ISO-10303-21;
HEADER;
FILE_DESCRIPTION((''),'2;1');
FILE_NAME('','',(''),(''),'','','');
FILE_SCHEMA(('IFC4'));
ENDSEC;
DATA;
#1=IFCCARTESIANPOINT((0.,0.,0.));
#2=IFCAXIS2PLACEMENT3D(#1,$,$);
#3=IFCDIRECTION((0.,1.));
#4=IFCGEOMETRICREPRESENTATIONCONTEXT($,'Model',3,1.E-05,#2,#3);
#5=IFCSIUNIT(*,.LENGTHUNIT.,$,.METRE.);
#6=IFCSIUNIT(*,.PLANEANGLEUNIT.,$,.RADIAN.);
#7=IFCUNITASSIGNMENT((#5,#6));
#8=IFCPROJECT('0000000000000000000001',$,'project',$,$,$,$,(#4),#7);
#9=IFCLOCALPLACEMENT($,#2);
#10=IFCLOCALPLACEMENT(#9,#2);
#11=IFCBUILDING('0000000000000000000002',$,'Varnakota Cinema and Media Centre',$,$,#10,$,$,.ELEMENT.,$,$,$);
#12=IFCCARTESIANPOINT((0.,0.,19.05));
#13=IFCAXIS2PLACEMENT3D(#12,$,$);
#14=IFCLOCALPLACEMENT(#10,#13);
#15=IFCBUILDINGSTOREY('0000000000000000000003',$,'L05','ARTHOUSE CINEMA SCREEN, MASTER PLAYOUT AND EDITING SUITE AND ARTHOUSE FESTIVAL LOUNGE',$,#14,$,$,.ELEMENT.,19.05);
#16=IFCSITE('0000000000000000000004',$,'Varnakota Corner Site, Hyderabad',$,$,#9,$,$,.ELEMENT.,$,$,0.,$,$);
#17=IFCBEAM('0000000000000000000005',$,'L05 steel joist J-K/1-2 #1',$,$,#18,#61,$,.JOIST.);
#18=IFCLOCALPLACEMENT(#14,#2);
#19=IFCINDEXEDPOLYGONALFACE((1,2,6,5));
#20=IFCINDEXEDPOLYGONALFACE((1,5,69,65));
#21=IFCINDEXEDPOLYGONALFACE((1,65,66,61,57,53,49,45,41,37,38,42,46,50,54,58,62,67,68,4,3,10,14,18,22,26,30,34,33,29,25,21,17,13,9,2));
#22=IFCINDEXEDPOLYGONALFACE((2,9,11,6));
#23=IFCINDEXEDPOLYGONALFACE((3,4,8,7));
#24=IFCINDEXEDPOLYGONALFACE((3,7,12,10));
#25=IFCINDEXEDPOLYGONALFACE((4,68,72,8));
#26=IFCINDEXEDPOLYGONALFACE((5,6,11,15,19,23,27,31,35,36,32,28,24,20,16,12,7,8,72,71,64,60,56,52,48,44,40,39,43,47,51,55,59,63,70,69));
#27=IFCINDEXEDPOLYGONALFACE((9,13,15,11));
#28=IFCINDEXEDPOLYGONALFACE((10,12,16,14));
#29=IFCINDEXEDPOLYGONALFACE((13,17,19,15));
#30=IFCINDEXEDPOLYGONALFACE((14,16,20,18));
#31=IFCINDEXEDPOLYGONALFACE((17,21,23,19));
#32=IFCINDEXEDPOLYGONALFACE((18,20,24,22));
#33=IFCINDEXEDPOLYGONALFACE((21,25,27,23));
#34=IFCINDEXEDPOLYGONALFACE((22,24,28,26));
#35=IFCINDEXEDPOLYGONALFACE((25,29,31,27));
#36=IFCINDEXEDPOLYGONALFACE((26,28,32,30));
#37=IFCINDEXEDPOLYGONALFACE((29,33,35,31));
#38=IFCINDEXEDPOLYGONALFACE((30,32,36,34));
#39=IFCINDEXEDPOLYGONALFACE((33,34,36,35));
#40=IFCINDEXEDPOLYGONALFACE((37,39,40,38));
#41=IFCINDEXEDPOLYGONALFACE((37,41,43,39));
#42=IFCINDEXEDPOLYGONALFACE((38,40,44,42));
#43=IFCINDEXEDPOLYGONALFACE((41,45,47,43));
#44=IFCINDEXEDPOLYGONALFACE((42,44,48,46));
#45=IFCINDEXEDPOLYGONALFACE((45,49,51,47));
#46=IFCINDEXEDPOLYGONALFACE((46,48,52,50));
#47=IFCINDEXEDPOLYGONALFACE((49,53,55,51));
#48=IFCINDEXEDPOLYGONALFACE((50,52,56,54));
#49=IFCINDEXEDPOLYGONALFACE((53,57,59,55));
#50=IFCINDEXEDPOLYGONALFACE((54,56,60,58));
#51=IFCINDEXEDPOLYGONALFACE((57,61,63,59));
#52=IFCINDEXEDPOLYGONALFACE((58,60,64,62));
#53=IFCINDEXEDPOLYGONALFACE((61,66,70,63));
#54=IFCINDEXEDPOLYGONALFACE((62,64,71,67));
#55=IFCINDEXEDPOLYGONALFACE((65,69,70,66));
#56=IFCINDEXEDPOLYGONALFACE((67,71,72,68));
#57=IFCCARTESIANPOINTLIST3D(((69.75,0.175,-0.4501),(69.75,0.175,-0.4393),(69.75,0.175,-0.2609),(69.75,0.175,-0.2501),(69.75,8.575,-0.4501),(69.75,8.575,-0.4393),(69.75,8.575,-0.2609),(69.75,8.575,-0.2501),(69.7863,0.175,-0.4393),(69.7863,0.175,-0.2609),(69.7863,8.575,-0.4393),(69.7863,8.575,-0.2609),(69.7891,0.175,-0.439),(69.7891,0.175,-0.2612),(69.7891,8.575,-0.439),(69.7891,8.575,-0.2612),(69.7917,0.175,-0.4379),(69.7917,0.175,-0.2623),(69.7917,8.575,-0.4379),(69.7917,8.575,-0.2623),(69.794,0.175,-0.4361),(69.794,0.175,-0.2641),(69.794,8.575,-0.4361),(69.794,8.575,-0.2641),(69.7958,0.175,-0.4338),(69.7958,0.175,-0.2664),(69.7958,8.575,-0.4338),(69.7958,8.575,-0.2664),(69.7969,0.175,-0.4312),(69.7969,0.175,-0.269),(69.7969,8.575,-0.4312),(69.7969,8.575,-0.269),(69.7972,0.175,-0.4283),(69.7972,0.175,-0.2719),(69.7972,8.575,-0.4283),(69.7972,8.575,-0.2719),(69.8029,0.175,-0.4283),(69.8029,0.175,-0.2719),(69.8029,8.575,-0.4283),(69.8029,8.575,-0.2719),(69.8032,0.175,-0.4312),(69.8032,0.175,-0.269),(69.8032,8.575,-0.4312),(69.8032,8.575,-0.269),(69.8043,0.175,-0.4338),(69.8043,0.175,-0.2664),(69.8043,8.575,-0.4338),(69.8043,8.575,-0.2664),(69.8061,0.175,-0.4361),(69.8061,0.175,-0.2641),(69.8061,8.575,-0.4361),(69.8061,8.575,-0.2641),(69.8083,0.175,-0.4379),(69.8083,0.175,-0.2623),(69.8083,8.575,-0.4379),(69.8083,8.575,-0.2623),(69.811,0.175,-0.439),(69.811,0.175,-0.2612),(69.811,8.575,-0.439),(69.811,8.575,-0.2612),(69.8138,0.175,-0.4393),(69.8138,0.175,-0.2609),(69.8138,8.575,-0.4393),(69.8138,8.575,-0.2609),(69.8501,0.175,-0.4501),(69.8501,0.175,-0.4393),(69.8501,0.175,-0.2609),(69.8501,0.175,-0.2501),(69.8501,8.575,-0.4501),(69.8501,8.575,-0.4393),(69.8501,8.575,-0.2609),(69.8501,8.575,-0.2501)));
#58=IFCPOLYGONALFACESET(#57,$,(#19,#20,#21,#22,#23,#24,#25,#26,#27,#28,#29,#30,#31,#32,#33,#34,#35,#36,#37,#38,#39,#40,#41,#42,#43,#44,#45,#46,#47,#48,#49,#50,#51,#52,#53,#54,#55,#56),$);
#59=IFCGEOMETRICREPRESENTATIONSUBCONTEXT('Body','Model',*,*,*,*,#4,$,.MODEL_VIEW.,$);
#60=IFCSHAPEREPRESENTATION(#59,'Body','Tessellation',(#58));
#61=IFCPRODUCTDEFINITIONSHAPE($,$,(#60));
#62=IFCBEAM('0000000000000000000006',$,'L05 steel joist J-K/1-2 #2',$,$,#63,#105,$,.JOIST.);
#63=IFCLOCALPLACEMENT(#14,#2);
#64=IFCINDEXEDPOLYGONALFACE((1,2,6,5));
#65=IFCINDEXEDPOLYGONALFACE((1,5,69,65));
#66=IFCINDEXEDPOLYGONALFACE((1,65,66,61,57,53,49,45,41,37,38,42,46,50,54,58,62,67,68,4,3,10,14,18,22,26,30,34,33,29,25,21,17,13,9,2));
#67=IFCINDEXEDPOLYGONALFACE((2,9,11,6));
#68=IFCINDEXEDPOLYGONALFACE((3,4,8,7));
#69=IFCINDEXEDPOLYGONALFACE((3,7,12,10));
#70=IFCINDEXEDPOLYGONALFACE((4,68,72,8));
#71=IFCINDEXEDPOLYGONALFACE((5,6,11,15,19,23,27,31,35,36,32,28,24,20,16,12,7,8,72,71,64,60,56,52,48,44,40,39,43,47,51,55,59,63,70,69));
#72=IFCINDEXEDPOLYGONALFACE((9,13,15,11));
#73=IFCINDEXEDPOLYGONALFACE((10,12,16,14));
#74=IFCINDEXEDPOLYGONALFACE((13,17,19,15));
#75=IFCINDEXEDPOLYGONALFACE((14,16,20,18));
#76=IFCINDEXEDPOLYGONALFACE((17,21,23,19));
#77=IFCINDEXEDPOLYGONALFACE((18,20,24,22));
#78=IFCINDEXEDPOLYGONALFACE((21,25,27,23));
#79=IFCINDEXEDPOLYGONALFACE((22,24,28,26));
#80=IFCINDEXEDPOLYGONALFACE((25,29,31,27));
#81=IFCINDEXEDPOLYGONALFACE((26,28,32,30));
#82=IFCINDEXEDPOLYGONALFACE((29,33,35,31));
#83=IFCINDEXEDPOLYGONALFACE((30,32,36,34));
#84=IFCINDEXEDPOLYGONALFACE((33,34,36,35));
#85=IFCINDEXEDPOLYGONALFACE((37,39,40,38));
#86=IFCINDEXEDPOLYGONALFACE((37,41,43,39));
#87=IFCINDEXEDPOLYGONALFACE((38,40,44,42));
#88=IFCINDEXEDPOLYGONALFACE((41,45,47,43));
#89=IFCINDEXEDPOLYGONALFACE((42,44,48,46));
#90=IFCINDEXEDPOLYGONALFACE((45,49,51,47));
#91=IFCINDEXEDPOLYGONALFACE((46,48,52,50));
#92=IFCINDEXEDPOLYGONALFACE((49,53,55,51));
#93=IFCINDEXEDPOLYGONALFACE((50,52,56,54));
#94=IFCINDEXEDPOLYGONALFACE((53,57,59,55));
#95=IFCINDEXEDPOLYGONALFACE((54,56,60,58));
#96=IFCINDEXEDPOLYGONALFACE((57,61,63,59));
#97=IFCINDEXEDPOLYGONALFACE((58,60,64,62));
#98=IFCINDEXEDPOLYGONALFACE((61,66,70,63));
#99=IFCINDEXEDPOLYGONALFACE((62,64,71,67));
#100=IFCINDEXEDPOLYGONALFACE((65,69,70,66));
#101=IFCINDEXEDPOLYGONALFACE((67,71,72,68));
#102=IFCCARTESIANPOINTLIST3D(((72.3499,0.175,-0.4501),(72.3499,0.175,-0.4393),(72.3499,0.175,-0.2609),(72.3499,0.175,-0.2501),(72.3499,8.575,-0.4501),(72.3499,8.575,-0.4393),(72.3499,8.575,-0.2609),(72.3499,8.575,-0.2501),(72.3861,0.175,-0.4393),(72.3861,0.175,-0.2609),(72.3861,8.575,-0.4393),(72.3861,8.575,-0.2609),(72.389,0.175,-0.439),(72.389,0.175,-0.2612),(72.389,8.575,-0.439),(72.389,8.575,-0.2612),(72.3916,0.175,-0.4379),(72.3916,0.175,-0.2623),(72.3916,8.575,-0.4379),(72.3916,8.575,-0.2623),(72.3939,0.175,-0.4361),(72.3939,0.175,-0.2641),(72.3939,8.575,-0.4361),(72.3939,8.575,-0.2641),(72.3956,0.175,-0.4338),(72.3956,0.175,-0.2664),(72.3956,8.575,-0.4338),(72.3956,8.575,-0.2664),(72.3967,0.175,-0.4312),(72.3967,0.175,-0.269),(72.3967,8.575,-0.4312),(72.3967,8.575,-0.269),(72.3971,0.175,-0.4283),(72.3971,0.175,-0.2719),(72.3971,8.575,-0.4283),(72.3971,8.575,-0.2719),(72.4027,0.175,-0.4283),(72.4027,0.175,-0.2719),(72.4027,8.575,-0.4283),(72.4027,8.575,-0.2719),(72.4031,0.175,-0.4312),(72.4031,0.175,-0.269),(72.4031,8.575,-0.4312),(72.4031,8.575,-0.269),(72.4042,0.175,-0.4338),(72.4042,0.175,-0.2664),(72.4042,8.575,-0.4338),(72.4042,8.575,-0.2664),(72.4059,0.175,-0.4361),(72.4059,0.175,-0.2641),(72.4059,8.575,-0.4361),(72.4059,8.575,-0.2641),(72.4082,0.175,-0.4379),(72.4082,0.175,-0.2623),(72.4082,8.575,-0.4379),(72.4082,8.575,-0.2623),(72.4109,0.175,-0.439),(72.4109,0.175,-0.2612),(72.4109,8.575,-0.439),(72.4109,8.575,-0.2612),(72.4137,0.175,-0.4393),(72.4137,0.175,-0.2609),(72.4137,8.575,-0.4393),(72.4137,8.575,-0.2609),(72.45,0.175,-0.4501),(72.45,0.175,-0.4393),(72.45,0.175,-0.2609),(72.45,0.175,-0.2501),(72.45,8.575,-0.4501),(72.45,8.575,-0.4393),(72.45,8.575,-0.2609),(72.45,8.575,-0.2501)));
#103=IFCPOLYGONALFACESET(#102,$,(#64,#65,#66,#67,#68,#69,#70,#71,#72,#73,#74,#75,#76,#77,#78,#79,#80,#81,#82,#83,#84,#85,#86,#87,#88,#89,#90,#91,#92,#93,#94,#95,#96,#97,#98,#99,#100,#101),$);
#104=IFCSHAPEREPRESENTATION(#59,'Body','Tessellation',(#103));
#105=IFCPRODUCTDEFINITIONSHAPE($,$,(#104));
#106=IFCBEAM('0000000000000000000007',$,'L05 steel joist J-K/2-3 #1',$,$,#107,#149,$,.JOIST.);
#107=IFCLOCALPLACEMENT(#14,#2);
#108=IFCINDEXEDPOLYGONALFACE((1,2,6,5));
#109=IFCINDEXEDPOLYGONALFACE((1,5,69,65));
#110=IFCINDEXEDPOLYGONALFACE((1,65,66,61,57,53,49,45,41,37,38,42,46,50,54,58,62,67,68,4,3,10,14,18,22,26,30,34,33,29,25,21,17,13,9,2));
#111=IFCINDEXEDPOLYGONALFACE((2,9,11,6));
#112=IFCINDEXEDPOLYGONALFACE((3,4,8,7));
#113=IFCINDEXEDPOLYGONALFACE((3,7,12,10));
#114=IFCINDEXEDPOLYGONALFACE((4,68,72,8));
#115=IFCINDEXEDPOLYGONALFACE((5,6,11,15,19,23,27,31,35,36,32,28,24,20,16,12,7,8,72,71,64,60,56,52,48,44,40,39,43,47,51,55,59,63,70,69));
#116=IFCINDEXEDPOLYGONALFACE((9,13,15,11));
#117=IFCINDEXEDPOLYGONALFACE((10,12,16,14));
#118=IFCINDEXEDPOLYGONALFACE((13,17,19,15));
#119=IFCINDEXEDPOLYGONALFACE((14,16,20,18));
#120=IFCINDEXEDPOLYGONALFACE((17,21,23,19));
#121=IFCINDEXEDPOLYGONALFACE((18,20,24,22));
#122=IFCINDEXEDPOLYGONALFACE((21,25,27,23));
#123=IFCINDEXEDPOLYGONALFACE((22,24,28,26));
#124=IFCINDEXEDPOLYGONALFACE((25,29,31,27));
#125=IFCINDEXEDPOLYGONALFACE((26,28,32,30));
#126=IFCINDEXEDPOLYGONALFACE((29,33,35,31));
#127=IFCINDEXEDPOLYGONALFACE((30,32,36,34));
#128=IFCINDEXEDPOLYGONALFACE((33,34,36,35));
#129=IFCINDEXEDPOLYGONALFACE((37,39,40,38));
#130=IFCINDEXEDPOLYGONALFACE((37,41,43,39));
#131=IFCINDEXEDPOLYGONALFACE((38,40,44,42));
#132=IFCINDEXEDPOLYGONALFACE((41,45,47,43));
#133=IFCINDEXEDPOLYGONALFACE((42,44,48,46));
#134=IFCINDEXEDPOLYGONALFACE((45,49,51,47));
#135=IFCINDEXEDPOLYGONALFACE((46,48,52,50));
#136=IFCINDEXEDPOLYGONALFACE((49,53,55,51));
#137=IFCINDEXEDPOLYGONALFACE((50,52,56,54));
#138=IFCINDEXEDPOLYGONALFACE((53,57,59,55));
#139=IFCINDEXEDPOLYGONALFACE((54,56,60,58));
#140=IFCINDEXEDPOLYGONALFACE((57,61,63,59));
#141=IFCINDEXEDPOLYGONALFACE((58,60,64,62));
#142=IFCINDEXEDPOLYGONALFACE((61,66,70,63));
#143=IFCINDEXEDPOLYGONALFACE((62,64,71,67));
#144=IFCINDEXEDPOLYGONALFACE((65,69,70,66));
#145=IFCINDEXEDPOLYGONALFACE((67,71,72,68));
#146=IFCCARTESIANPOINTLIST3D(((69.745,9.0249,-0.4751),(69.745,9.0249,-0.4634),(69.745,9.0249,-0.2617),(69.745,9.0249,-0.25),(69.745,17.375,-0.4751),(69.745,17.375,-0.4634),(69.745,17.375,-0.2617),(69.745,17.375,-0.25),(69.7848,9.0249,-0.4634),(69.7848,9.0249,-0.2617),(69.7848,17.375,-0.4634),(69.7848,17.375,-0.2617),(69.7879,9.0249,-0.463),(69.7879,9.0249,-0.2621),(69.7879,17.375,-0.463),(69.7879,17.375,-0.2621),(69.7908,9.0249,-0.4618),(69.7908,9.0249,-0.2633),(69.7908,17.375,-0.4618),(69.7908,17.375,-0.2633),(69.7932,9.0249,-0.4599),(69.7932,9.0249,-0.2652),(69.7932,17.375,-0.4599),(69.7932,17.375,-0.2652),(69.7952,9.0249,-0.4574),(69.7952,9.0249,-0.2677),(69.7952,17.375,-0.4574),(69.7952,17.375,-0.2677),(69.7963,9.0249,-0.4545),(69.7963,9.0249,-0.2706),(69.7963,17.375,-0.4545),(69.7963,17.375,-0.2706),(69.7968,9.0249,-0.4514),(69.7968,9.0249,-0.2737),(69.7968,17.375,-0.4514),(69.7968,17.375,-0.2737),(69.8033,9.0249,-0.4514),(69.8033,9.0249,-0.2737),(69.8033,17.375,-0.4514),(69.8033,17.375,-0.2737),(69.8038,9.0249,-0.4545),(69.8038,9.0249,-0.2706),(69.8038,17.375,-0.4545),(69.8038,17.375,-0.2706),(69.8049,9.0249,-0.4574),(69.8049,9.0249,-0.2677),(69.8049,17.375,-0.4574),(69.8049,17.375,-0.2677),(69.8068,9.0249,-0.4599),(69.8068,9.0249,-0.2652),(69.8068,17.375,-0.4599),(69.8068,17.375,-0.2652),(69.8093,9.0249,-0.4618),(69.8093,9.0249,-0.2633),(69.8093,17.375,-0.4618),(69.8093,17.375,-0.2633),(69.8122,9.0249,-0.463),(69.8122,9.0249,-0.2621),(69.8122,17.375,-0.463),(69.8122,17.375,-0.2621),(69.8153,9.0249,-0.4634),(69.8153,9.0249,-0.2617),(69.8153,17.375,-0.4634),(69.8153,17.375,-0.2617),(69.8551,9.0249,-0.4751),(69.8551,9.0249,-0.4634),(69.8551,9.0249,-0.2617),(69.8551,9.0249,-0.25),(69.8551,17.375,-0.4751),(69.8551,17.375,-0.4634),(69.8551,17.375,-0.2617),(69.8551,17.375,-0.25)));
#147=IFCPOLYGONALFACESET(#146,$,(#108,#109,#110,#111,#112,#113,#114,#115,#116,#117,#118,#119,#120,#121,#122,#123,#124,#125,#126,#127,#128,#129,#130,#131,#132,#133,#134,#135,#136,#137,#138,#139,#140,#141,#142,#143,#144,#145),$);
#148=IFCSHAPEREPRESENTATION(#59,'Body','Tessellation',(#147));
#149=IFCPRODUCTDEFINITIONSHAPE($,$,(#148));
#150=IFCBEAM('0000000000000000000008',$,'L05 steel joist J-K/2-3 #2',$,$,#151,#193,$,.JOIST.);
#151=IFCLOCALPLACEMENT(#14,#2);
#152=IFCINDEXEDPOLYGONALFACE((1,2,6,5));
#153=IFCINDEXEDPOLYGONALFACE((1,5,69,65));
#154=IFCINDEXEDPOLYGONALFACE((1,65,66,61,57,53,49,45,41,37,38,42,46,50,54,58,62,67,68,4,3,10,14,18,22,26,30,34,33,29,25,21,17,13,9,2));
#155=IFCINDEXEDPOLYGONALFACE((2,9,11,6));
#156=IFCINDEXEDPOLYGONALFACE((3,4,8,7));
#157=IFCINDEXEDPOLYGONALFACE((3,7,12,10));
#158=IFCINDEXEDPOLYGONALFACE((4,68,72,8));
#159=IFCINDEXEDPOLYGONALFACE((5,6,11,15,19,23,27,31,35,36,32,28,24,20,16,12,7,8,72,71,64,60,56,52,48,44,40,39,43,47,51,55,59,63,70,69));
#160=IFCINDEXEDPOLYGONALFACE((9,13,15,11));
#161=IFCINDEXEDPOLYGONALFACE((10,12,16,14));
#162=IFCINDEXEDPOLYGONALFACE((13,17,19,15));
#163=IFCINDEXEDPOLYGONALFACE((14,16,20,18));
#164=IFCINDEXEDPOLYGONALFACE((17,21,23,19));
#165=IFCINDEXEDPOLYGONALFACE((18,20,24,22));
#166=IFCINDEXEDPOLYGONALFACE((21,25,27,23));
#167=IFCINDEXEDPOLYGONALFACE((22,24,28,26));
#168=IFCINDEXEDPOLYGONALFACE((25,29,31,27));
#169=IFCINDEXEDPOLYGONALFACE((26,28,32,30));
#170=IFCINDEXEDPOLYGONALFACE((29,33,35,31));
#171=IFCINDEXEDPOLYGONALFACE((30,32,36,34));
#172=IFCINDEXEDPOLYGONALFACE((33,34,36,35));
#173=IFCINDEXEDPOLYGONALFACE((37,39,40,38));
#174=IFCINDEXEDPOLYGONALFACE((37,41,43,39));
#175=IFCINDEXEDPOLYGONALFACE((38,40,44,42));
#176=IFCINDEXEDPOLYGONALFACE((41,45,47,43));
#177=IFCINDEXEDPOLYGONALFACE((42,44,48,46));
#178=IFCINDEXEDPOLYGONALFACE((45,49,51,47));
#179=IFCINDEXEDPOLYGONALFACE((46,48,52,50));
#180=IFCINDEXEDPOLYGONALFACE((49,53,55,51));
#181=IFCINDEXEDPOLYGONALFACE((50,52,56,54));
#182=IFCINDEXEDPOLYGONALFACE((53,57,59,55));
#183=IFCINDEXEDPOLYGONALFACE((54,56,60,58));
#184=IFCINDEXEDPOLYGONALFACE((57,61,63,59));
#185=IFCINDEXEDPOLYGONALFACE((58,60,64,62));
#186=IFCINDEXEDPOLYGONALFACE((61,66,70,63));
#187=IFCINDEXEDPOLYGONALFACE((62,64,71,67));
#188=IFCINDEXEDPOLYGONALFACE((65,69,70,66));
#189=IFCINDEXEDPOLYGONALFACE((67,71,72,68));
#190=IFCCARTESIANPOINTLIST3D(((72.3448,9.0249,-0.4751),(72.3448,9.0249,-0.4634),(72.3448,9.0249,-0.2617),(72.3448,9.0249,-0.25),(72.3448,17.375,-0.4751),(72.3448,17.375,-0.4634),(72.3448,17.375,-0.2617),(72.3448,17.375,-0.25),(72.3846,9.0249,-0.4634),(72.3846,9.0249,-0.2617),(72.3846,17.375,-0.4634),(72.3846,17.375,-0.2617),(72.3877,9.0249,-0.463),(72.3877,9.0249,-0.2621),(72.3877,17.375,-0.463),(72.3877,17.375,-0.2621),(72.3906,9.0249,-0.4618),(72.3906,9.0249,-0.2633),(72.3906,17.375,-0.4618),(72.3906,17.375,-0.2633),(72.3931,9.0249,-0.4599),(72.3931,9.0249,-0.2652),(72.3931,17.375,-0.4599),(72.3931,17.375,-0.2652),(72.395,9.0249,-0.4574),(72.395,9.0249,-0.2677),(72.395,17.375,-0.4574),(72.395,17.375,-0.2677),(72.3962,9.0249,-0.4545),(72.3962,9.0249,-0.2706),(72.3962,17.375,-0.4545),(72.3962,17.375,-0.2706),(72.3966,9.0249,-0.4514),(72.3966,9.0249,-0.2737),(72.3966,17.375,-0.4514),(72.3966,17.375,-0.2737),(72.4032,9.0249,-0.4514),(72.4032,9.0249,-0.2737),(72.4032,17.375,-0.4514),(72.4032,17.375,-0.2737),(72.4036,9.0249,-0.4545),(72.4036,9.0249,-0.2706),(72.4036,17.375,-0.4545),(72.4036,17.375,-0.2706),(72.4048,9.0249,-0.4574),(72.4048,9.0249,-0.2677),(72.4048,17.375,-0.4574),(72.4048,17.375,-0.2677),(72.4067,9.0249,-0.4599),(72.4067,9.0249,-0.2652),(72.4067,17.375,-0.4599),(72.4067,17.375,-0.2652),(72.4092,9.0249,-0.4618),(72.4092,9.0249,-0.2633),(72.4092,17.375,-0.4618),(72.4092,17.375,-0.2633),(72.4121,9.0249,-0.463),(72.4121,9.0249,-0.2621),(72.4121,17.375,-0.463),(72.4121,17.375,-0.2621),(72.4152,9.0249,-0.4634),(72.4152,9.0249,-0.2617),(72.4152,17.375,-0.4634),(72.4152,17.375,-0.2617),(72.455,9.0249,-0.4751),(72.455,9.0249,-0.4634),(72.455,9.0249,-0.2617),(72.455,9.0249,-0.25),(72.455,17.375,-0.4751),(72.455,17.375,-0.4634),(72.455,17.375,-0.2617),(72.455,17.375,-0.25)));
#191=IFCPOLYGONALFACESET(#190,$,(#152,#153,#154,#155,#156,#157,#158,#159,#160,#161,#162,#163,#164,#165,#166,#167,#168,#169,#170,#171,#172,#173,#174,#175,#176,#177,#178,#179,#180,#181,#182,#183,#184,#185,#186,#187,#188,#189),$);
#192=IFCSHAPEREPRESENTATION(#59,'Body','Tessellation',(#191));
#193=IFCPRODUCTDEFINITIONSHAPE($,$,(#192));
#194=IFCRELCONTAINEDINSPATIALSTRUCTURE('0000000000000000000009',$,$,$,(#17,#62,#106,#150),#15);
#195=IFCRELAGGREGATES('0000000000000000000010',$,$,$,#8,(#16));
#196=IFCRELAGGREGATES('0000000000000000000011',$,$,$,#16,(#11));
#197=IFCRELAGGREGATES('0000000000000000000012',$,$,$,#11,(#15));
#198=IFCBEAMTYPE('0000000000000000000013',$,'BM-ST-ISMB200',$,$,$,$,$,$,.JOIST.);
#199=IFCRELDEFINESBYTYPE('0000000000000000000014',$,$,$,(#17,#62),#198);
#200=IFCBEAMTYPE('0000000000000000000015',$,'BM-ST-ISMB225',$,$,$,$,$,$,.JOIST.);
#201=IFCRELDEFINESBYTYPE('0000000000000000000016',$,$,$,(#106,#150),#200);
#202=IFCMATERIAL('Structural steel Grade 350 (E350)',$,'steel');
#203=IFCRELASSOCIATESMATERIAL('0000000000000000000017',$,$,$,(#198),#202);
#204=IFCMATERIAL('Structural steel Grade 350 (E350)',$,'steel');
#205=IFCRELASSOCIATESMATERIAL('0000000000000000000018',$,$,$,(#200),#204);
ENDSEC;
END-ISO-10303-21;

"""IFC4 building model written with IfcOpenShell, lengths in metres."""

from ifc_helpers import new_model, si_unit, direction, frame, origin, origin_2d, place, context, subcontext, project, spatial, i_section, extrude, material, material_profile, profile_set, type_object, element, save


model = new_model("IFC4")

# Units and contexts
model_context = context("Model", 3, precision=1e-05, world=origin(), true_north=direction((0.0, 1.0)))
body_context = subcontext(model_context, "Body", "Model", "MODEL_VIEW")
ifc_project = project(units=[si_unit("LENGTHUNIT", "METRE"), si_unit("PLANEANGLEUNIT", "RADIAN")], contexts=[model_context])

# Site, building, storey
site_placement = place(None, origin())
site = spatial("IfcSite", under=ifc_project, at=site_placement, Name="Varnakota Corner Site, Hyderabad", CompositionType="ELEMENT", RefElevation=0.0)
building_placement = place(site_placement, origin())
building = spatial("IfcBuilding", under=site, at=building_placement, Name="Varnakota Cinema and Media Centre", CompositionType="ELEMENT")
storey_placement = place(building_placement, frame((0.0, 0.0, 19.05)))
storey = spatial("IfcBuildingStorey", under=building, at=storey_placement, Name="L05", Description="ARTHOUSE CINEMA SCREEN, MASTER PLAYOUT AND EDITING SUITE AND ARTHOUSE FESTIVAL LOUNGE", CompositionType="ELEMENT", Elevation=19.05)

# Beams
ifc_material_1 = material(Name="Structural steel Grade 350 (E350)", Category="steel")
ifc_material_profile_1 = material_profile(ifc_material_1, i_section(OverallWidth=0.1001, OverallDepth=0.2, WebThickness=0.0056, FlangeThickness=0.0107, FilletRadius=0.011, at=origin_2d()), Name="ISMB 200")
ifc_profile_set_1 = profile_set([ifc_material_profile_1], Name="Structural steel Grade 350 (E350)")
beam_type_1 = type_object("IfcBeamType", Name="BM-ST-ISMB200", PredefinedType="JOIST", material=ifc_profile_set_1)
for number, where, z_axis, x_axis, name in (
    (1, (69.8, 0.175, -0.3501), (0.0, 1.0, 0.0), (-1.0, 0.0, 0.0), "L05 steel joist J-K/1-2 #1"),
    (2, (72.3999, 0.175, -0.3501), (0.0, 1.0, 0.0), (-1.0, 0.0, 0.0), "L05 steel joist J-K/1-2 #2"),
):
    element("IfcBeam", number, at=place(storey_placement, frame(where, z_axis=z_axis, x_axis=x_axis)), inside=storey, type_object=beam_type_1, Name=name, PredefinedType="JOIST", context=body_context, shape_type="SweptSolid", body=[
        extrude(i_section(OverallWidth=0.1001, OverallDepth=0.2, WebThickness=0.0056, FlangeThickness=0.0107, FilletRadius=0.011, at=origin_2d()), origin(), (0.0, 0.0, 1.0), 8.3999),
    ])
ifc_material_2 = material(Name="Structural steel Grade 350 (E350)", Category="steel")
ifc_material_profile_2 = material_profile(ifc_material_2, i_section(OverallWidth=0.1101, OverallDepth=0.2251, WebThickness=0.0066, FlangeThickness=0.0117, FilletRadius=0.012, at=origin_2d()), Name="ISMB 225")
ifc_profile_set_2 = profile_set([ifc_material_profile_2], Name="Structural steel Grade 350 (E350)")
beam_type_2 = type_object("IfcBeamType", Name="BM-ST-ISMB225", PredefinedType="JOIST", material=ifc_profile_set_2)
for number, where, z_axis, x_axis, name in (
    (3, (69.8, 9.0249, -0.3625), (0.0, 1.0, 0.0), (-1.0, 0.0, 0.0), "L05 steel joist J-K/2-3 #1"),
    (4, (72.3999, 9.0249, -0.3625), (0.0, 1.0, 0.0), (-1.0, 0.0, 0.0), "L05 steel joist J-K/2-3 #2"),
):
    element("IfcBeam", number, at=place(storey_placement, frame(where, z_axis=z_axis, x_axis=x_axis)), inside=storey, type_object=beam_type_2, Name=name, PredefinedType="JOIST", context=body_context, shape_type="SweptSolid", body=[
        extrude(i_section(OverallWidth=0.1101, OverallDepth=0.2251, WebThickness=0.0066, FlangeThickness=0.0117, FilletRadius=0.012, at=origin_2d()), origin(), (0.0, 0.0, 1.0), 8.3501),
    ])

save(model, "model.ifc")
